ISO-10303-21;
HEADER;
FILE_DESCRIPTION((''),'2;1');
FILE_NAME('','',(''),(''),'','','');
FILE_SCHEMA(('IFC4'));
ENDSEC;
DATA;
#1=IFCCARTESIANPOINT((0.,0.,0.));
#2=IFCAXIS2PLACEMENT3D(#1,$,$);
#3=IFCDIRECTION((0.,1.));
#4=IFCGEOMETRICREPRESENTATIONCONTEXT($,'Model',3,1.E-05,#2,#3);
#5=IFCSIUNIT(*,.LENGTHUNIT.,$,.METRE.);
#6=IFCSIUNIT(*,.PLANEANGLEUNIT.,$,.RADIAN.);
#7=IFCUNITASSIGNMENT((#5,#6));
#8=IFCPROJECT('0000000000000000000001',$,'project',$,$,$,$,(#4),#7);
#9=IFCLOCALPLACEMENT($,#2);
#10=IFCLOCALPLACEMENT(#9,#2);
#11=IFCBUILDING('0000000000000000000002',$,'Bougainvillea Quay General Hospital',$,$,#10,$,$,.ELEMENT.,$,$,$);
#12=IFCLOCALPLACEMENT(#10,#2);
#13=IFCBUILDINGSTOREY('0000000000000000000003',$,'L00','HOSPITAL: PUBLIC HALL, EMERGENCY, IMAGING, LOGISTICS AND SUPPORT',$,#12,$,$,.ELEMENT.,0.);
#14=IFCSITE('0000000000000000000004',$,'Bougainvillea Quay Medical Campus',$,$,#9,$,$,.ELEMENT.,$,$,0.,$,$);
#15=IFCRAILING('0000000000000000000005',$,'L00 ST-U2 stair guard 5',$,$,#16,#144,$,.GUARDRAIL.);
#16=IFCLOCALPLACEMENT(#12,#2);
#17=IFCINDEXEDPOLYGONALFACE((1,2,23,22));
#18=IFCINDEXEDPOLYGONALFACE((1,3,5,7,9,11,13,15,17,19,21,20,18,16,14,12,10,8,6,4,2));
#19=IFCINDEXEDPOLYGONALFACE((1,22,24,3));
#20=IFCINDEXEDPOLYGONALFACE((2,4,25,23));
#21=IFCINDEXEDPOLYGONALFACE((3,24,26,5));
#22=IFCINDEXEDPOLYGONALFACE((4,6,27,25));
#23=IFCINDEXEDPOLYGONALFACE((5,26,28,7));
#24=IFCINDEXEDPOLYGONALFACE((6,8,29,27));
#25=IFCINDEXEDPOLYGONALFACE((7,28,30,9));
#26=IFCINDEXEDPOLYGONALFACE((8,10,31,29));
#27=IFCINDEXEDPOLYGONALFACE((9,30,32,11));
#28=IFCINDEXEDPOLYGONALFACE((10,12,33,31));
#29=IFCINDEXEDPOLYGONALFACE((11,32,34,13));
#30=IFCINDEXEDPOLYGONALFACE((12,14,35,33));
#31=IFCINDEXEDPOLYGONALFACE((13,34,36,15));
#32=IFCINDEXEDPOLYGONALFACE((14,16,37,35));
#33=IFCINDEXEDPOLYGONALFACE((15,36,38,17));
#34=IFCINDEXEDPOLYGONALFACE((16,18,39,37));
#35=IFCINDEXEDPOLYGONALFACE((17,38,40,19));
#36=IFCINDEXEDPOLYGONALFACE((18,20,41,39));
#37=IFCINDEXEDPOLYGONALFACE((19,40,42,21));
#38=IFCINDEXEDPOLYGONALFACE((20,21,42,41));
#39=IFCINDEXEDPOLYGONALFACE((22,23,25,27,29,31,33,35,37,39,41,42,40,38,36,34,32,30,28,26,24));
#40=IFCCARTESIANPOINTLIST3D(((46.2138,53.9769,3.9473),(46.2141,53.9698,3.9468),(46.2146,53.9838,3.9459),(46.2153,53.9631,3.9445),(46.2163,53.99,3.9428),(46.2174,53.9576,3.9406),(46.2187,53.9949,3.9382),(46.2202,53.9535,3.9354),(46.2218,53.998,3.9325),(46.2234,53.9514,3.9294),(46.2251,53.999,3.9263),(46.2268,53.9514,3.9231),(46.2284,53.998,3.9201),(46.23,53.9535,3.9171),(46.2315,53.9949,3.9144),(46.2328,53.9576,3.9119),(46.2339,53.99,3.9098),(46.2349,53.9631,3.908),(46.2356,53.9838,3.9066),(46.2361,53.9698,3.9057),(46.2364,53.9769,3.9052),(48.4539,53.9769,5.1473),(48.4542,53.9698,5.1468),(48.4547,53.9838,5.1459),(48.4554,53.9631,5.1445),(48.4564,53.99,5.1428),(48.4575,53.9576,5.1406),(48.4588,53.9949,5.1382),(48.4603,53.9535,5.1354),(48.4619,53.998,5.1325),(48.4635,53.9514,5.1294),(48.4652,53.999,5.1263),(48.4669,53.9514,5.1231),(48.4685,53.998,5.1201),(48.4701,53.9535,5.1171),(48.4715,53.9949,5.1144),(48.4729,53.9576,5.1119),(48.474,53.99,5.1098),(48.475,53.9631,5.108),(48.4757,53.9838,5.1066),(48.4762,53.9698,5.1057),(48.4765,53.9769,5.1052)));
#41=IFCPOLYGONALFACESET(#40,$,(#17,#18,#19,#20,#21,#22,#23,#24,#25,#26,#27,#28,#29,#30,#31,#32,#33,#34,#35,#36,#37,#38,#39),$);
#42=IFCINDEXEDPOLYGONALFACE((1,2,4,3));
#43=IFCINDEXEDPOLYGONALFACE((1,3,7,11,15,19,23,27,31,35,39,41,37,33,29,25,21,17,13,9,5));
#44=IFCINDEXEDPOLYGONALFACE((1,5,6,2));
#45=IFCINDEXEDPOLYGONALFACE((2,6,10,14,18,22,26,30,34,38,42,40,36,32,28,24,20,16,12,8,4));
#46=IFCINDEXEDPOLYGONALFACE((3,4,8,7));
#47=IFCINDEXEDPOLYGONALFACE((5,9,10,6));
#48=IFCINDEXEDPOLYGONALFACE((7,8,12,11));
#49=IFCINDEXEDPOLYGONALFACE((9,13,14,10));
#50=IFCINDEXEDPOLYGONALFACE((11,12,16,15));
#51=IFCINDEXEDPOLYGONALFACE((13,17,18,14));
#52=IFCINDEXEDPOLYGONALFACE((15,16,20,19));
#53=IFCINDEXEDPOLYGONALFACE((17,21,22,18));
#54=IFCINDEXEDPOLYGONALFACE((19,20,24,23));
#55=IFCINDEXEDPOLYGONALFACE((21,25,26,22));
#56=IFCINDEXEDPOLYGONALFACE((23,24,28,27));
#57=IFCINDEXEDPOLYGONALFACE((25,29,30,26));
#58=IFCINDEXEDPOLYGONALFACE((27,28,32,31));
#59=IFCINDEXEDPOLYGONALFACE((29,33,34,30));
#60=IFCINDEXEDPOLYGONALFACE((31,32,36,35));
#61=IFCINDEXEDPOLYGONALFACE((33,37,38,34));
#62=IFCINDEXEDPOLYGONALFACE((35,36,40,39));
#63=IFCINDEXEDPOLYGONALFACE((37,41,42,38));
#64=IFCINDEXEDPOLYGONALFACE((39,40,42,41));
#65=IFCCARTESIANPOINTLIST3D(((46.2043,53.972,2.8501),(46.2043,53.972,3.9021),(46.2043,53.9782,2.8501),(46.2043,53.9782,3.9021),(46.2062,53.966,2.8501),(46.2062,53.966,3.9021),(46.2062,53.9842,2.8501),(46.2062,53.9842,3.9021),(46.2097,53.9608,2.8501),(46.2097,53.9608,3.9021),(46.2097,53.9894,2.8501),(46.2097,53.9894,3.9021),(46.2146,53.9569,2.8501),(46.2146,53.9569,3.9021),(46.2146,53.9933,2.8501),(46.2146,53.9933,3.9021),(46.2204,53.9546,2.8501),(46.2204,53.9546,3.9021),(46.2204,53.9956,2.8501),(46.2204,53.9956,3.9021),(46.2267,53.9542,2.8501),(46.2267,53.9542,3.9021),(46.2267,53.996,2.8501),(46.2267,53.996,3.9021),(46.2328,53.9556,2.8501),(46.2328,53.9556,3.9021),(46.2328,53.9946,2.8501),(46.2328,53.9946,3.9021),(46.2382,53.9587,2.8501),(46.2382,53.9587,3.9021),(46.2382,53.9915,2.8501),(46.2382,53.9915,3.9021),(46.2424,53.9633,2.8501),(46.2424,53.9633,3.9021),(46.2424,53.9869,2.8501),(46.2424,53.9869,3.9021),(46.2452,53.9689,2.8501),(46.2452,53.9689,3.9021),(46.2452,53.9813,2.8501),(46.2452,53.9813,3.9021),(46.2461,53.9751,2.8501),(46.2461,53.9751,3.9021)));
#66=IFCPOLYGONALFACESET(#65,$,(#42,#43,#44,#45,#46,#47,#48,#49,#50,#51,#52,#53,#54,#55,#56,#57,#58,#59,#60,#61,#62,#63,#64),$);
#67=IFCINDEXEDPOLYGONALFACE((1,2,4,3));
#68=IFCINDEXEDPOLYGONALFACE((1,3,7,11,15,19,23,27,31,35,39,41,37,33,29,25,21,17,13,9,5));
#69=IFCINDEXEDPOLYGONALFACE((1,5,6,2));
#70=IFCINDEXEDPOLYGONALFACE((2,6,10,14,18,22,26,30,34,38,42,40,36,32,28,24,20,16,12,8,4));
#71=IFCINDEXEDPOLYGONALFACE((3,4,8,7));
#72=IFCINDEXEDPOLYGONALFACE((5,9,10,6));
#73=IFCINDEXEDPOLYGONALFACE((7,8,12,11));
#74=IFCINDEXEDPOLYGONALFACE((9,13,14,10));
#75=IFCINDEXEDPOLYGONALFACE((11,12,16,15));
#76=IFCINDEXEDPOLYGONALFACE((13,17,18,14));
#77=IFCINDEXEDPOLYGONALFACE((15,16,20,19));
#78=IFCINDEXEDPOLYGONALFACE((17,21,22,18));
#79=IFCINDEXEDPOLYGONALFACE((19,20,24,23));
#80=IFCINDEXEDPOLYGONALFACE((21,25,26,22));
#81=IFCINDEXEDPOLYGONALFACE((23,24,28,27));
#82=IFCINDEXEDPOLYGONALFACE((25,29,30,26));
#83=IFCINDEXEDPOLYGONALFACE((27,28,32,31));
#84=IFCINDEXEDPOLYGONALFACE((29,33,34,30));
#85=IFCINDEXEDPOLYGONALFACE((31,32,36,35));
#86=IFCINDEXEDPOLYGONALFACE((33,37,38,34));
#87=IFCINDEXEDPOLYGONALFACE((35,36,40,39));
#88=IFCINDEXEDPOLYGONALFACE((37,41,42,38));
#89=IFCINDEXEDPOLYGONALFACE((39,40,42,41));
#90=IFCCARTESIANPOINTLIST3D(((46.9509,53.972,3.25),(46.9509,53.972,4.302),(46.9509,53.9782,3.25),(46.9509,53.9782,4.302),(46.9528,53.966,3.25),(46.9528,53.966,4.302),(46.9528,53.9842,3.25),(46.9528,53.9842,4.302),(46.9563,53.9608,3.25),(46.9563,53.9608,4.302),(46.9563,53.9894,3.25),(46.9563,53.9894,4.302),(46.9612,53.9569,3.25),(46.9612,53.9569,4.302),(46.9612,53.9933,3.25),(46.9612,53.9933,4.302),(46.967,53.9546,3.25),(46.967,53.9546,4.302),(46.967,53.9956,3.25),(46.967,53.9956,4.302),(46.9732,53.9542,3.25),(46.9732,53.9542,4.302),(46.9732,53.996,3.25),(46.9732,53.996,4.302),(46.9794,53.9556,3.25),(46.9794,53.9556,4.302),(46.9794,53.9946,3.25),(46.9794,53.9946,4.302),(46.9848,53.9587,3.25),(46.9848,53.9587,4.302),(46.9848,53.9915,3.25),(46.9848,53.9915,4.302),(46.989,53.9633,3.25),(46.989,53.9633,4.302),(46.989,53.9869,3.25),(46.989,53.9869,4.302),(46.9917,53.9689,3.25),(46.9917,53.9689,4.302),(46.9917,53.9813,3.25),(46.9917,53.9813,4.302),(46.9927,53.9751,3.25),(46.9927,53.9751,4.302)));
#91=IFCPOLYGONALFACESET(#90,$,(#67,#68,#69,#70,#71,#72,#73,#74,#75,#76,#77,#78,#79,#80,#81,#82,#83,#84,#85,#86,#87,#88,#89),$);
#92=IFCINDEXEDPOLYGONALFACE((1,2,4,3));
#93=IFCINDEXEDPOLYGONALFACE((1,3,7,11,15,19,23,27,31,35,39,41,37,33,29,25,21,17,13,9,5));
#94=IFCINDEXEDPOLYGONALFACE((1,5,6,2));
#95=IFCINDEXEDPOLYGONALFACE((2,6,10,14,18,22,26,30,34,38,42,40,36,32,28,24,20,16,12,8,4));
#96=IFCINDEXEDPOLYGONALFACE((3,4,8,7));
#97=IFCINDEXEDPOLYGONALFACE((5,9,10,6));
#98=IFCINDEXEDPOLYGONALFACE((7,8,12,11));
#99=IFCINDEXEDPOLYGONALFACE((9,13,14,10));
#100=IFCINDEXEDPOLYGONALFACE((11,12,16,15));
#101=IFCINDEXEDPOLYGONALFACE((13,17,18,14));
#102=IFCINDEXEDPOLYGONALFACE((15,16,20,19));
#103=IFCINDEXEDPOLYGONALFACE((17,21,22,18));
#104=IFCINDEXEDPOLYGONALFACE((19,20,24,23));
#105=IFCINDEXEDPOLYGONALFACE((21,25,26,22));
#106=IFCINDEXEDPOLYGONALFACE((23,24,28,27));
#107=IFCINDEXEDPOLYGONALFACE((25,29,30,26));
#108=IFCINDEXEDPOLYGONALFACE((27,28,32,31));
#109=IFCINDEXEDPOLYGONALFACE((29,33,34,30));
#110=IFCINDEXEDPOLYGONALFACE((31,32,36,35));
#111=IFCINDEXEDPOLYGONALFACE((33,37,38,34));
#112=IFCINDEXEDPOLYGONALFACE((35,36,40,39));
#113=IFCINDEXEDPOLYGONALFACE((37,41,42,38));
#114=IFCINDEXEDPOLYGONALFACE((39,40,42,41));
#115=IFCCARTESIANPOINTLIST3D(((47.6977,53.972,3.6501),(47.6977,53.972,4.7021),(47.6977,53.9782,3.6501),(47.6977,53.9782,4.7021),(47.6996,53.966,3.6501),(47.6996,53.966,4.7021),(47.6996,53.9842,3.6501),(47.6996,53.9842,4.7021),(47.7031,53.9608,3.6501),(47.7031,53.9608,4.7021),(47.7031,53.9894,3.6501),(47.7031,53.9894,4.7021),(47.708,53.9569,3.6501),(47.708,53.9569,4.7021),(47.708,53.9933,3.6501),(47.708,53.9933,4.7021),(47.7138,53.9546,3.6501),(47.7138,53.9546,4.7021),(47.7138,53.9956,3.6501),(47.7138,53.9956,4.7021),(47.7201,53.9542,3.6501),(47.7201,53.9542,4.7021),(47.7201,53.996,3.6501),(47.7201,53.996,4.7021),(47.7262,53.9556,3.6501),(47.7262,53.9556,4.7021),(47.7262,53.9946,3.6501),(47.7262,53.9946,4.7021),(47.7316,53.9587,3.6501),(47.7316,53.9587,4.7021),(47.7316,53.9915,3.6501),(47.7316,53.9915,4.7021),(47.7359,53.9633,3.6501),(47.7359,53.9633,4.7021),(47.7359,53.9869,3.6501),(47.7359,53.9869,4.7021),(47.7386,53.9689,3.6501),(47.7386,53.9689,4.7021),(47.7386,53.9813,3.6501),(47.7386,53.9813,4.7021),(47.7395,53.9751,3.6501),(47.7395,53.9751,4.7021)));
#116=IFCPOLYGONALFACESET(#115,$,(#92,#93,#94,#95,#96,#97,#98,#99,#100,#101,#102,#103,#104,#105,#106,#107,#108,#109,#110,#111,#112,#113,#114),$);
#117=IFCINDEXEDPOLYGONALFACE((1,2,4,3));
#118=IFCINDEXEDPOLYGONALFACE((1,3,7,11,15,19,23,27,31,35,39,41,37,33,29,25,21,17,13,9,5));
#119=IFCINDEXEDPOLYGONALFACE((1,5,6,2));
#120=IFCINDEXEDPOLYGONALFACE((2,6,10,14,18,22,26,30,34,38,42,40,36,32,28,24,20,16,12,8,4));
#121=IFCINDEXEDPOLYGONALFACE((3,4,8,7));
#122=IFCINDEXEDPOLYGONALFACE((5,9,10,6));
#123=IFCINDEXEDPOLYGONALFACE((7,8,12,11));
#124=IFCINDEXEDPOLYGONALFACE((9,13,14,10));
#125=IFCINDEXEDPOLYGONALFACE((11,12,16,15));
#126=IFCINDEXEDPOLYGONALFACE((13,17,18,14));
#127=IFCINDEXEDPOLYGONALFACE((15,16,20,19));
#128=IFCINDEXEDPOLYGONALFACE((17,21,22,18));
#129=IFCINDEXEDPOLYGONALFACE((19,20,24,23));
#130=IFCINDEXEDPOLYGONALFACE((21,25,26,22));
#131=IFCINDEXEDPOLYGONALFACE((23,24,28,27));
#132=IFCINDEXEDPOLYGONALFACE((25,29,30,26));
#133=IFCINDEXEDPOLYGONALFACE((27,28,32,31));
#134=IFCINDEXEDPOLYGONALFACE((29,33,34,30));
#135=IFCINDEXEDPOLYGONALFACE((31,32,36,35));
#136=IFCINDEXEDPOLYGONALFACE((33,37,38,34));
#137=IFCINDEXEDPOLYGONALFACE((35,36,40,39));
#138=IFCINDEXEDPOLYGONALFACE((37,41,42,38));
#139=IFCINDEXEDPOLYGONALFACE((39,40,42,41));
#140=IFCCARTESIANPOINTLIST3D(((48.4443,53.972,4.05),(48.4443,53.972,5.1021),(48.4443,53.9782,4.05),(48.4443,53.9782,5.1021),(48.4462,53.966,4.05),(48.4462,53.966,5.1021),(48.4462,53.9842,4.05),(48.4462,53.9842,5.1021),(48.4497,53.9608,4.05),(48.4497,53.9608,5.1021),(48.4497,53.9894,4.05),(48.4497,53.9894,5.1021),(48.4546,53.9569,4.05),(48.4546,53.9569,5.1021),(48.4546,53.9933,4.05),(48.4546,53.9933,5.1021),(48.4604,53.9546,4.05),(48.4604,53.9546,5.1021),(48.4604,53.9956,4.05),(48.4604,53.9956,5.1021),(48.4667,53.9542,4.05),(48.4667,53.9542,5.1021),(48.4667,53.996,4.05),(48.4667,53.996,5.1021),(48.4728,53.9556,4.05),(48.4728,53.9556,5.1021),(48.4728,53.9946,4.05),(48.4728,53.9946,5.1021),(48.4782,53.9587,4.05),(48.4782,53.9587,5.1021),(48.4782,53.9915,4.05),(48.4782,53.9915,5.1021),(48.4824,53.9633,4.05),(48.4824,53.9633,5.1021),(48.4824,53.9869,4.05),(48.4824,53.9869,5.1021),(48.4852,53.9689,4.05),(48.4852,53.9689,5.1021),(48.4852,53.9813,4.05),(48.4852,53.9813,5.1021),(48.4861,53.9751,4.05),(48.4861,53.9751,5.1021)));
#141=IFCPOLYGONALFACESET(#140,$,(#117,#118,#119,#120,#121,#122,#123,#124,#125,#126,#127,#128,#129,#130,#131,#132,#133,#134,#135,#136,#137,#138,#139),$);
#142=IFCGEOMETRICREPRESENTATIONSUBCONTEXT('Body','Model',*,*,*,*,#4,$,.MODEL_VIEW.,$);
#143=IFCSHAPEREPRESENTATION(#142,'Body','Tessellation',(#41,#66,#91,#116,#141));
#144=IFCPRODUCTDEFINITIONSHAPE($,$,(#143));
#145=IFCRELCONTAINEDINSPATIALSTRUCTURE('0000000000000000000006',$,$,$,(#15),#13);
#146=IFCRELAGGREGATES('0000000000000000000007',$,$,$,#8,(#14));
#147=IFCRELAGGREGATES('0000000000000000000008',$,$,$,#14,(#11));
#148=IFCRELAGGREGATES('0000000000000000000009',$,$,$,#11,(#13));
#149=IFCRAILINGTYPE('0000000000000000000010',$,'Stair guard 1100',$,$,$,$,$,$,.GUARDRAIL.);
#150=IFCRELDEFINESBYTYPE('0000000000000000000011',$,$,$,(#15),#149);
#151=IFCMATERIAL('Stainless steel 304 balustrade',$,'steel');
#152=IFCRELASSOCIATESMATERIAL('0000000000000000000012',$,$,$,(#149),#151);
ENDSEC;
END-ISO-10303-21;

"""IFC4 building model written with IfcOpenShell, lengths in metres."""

from ifc_helpers import new_model, si_unit, direction, frame, origin, origin_2d, place, context, subcontext, project, spatial, circle, extrude, material, type_object, element, save


model = new_model("IFC4")

# Units and contexts
model_context = context("Model", 3, precision=1e-05, world=origin(), true_north=direction((0.0, 1.0)))
body_context = subcontext(model_context, "Body", "Model", "MODEL_VIEW")
ifc_project = project(units=[si_unit("LENGTHUNIT", "METRE"), si_unit("PLANEANGLEUNIT", "RADIAN")], contexts=[model_context])

# Site, building, storey
site_placement = place(None, origin())
site = spatial("IfcSite", under=ifc_project, at=site_placement, Name="Bougainvillea Quay Medical Campus", CompositionType="ELEMENT", RefElevation=0.0)
building_placement = place(site_placement, origin())
building = spatial("IfcBuilding", under=site, at=building_placement, Name="Bougainvillea Quay General Hospital", CompositionType="ELEMENT")
storey_placement = place(building_placement, origin())
storey = spatial("IfcBuildingStorey", under=building, at=storey_placement, Name="L00", Description="HOSPITAL: PUBLIC HALL, EMERGENCY, IMAGING, LOGISTICS AND SUPPORT", CompositionType="ELEMENT", Elevation=0.0)

# Railing
ifc_material_1 = material(Name="Stainless steel 304 balustrade", Category="steel")
railing_type_1 = type_object("IfcRailingType", Name="Stair guard 1100", PredefinedType="GUARDRAIL", material=ifc_material_1)
railing_1_placement = place(storey_placement, frame((46.2251, 53.9751, 2.8501)))
element("IfcRailing", 1, at=railing_1_placement, inside=storey, type_object=railing_type_1, Name="L00 ST-U2 stair guard 5", PredefinedType="GUARDRAIL", context=body_context, shape_type="SweptSolid", body=[
    extrude(circle(Radius=0.0239, at=origin_2d()), frame((0.0, 0.0, 1.0762), z_axis=(0.881487, 0.0, 0.472208), x_axis=(0.0, 1.0, 0.0)), (0.0, 0.0, 1.0), 2.5413),
    extrude(circle(Radius=0.021, at=origin_2d()), origin(), (0.0, 0.0, 1.0), 1.052),
    extrude(circle(Radius=0.021, at=origin_2d()), frame((0.7466, 0.0, 0.3999)), (0.0, 0.0, 1.0), 1.052),
    extrude(circle(Radius=0.021, at=origin_2d()), frame((1.4934, 0.0, 0.8)), (0.0, 0.0, 1.0), 1.052),
    extrude(circle(Radius=0.021, at=origin_2d()), frame((2.24, 0.0, 1.2)), (0.0, 0.0, 1.0), 1.052),
])

save(model, "model.ifc")
